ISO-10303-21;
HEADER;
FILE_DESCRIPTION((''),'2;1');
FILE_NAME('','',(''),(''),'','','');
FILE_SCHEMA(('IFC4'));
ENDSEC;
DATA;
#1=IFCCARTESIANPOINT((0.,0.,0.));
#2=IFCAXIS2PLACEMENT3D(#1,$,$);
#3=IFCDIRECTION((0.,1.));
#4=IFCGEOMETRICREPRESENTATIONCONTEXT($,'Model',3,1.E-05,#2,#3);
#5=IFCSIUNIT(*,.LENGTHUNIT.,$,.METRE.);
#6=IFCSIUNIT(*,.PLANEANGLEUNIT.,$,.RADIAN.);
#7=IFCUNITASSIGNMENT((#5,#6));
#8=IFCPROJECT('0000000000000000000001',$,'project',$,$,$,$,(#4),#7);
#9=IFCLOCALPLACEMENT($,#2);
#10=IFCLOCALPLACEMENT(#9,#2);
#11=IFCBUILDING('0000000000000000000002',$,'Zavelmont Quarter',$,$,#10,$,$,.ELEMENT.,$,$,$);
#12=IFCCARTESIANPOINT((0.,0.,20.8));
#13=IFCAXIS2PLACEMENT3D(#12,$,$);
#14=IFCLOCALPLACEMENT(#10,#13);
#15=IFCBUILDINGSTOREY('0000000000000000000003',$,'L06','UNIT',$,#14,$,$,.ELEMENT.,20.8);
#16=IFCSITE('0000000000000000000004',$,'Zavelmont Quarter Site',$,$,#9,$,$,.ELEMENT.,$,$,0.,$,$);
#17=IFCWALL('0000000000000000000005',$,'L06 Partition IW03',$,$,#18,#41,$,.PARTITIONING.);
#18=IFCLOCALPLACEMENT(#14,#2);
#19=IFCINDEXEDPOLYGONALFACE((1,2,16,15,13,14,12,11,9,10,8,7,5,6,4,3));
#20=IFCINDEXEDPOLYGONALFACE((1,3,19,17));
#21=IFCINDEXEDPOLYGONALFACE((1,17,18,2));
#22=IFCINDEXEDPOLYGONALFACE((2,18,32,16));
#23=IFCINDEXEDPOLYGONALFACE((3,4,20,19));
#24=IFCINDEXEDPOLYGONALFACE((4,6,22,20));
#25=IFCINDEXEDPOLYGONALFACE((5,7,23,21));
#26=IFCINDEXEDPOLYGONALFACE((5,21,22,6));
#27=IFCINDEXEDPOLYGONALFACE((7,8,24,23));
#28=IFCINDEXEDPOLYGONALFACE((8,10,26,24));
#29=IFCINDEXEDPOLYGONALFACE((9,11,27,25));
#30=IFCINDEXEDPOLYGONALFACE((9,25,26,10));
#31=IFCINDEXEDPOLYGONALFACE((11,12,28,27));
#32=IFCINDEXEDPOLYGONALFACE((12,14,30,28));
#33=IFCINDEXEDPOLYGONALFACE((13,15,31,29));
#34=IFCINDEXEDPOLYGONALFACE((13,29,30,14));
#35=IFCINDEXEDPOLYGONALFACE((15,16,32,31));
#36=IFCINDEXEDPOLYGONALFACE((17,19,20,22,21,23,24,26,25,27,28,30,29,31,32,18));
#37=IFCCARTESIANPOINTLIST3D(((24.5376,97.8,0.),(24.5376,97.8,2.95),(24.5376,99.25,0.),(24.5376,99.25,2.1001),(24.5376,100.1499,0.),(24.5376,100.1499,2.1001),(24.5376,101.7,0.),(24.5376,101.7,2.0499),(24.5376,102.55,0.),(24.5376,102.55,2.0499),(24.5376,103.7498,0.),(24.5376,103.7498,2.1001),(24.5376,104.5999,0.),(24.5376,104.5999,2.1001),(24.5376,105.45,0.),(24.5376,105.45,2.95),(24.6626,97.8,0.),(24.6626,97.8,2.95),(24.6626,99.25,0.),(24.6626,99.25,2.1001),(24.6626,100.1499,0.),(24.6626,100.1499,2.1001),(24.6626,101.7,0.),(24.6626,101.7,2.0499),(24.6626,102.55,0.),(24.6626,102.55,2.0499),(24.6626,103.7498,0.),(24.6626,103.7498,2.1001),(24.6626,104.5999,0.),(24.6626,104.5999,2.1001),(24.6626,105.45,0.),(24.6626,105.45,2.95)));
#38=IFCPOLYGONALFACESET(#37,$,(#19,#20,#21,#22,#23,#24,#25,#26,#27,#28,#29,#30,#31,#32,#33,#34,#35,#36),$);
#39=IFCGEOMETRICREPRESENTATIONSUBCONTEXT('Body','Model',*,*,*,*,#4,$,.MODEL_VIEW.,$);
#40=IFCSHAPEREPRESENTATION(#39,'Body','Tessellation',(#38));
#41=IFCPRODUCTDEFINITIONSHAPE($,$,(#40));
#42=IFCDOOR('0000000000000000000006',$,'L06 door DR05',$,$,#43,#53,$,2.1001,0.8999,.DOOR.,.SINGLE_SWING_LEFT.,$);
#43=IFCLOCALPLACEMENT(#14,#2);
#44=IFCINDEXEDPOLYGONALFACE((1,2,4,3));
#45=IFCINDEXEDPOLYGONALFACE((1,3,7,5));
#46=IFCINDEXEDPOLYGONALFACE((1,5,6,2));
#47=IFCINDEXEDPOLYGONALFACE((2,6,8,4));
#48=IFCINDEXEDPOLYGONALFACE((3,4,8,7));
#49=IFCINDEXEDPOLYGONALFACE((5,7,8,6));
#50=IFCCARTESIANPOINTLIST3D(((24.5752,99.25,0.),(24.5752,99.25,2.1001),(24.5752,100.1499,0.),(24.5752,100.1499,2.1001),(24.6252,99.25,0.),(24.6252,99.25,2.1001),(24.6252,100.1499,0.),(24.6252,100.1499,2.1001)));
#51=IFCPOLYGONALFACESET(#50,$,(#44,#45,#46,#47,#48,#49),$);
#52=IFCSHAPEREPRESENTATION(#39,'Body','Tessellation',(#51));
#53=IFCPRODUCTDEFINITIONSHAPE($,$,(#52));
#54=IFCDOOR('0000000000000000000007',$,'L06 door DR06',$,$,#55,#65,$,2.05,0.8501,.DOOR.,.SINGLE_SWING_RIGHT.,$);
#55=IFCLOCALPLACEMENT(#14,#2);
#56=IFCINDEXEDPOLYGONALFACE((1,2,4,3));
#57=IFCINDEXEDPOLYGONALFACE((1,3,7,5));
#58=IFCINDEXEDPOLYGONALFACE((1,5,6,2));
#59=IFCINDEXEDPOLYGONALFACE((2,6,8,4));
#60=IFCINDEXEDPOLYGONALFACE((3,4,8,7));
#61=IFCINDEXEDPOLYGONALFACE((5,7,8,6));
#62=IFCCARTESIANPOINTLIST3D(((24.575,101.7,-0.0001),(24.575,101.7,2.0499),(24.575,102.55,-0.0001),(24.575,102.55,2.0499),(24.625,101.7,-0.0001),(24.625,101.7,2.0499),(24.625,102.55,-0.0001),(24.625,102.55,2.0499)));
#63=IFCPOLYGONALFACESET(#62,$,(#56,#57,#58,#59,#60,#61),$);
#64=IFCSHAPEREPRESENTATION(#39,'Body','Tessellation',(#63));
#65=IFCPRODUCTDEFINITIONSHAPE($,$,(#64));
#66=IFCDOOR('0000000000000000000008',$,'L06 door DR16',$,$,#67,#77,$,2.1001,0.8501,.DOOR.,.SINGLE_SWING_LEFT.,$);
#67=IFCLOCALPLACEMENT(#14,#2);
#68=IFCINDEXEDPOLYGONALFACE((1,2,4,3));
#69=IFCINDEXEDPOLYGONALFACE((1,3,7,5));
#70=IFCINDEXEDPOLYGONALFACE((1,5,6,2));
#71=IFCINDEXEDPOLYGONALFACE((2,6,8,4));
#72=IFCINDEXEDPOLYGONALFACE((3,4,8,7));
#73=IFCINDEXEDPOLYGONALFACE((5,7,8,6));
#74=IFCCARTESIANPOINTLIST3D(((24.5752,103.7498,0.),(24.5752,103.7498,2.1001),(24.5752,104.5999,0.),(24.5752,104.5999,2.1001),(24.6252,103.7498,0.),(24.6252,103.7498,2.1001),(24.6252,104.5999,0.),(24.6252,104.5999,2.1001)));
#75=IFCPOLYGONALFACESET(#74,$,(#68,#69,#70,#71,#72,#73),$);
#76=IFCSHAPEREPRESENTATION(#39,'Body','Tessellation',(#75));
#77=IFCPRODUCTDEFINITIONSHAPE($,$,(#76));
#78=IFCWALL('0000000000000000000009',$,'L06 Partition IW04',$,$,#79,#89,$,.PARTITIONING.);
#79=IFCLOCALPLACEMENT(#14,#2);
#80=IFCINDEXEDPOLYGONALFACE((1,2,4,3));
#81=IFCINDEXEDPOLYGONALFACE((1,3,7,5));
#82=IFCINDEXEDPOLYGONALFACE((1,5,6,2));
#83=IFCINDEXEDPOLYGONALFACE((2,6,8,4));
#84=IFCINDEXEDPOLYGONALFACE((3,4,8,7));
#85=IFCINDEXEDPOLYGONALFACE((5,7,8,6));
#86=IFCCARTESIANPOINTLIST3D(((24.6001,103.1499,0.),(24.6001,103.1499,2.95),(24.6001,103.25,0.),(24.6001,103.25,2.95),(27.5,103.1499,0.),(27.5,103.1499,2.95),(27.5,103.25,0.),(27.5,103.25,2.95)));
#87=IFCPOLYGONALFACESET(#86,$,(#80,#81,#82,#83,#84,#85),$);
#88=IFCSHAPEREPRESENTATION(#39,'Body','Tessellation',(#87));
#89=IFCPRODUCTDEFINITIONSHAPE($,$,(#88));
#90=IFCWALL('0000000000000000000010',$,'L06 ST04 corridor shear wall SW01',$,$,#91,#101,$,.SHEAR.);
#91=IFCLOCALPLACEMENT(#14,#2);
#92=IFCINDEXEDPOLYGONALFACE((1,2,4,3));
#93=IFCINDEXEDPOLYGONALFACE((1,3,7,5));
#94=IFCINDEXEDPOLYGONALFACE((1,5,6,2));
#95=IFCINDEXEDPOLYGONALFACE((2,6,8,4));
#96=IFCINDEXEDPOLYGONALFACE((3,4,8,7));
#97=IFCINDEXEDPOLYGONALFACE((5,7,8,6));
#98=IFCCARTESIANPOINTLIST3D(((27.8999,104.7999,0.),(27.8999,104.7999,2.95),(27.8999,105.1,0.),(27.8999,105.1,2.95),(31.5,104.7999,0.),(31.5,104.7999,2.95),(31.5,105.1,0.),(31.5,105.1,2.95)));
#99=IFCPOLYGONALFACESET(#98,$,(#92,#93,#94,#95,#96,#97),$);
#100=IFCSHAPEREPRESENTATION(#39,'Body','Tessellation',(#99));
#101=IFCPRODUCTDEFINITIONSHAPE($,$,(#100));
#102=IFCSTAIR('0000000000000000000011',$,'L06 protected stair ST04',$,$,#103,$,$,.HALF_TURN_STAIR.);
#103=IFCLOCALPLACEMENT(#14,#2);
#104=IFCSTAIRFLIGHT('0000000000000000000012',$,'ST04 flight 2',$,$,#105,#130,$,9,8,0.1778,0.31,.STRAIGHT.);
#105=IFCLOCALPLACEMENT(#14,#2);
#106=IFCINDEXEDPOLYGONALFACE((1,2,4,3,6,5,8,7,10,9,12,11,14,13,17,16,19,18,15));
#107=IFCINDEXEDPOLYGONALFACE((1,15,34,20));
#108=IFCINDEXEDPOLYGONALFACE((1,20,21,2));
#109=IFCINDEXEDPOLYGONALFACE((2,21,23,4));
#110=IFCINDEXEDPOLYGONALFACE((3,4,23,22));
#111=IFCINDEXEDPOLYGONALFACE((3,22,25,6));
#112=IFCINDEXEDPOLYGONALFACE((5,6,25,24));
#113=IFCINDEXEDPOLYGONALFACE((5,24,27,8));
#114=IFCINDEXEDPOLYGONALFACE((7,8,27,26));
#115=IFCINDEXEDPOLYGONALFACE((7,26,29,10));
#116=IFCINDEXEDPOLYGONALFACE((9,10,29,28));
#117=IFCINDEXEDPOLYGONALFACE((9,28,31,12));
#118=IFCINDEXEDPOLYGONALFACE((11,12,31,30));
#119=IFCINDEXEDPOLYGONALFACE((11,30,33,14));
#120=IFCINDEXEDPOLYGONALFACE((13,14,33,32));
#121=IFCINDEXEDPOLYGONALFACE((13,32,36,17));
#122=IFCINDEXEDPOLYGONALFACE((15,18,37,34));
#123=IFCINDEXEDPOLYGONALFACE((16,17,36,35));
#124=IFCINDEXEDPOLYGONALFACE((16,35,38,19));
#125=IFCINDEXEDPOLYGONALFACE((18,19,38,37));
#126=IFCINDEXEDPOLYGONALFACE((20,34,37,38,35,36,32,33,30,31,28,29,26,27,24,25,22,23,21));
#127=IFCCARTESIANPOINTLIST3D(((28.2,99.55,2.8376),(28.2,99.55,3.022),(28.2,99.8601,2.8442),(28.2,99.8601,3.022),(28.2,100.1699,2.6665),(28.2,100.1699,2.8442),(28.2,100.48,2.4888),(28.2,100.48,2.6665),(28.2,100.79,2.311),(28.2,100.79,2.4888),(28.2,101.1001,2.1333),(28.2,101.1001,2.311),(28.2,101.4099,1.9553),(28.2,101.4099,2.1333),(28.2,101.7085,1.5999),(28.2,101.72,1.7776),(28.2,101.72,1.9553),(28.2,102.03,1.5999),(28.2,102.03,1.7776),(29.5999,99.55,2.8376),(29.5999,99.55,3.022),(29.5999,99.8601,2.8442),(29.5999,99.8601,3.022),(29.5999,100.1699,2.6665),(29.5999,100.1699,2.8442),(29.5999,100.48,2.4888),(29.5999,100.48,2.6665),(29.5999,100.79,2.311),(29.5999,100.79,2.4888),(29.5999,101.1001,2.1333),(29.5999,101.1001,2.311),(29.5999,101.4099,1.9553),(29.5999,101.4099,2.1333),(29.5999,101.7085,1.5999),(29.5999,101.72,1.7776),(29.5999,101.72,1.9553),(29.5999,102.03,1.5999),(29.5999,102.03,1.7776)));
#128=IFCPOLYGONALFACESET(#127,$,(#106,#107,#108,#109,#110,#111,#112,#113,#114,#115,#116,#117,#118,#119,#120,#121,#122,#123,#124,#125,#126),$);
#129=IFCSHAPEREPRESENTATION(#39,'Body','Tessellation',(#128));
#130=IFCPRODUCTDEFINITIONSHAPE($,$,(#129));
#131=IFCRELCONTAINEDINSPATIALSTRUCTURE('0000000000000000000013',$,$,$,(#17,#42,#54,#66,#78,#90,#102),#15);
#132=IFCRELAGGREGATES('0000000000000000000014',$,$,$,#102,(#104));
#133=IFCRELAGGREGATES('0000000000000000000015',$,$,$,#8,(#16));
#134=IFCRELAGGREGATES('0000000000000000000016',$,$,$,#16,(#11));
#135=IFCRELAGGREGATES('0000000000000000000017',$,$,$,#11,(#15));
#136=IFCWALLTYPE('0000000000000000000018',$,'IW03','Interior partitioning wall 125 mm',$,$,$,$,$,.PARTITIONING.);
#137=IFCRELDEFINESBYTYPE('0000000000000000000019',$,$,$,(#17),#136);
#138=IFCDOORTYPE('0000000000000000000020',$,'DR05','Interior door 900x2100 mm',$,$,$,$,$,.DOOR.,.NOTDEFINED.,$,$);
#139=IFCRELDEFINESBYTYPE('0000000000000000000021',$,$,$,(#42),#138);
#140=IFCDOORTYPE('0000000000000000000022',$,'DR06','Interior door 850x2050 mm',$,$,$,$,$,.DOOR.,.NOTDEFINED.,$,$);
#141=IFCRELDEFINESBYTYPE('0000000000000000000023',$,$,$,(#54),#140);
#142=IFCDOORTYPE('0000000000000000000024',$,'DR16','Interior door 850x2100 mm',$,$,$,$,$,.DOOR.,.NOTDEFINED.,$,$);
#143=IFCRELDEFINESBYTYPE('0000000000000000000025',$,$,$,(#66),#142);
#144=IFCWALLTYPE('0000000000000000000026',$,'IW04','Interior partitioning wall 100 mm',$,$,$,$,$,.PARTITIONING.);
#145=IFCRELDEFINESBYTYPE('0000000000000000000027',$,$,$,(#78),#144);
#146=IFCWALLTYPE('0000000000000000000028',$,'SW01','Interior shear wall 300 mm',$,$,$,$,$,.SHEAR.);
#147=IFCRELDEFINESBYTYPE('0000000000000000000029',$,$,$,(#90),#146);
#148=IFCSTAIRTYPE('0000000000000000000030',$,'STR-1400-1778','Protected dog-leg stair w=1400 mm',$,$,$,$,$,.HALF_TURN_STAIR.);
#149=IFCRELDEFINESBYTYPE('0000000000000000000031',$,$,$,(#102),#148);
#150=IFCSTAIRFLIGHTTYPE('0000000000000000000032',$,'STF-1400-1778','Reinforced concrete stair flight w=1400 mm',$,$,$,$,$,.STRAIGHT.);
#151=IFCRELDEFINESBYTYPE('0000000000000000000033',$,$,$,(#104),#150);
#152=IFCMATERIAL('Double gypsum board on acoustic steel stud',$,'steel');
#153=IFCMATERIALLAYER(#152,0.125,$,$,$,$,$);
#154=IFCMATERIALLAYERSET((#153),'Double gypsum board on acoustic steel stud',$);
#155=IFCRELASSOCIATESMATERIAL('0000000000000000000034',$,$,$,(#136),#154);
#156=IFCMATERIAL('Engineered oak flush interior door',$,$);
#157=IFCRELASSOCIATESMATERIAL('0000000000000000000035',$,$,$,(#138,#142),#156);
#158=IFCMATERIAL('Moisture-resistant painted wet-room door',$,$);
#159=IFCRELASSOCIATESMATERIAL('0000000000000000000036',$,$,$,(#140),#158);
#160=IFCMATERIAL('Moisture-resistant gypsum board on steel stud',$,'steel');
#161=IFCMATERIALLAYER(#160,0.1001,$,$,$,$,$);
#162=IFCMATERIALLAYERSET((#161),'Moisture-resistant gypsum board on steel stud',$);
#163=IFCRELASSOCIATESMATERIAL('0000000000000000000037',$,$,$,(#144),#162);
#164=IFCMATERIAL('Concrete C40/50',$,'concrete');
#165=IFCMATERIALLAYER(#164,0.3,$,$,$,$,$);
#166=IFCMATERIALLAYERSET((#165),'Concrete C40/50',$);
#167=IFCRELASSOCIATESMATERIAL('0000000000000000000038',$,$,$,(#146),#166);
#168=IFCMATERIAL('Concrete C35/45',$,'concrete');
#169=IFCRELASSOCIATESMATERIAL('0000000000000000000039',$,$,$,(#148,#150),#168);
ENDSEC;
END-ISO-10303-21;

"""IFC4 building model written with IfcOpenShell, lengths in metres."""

from ifc_helpers import new_model, si_unit, direction, frame, frame_2d, origin, origin_with_axes, place, context, subcontext, project, spatial, polyline, rectangle, outline, extrude, material, layer, layer_set, type_object, element, fill, aggregate, save


model = new_model("IFC4")

# Units and contexts
model_context = context("Model", 3, precision=1e-05, world=origin(), true_north=direction((0.0, 1.0)))
body_context = subcontext(model_context, "Body", "Model", "MODEL_VIEW")
ifc_project = project(units=[si_unit("LENGTHUNIT", "METRE"), si_unit("PLANEANGLEUNIT", "RADIAN")], contexts=[model_context])

# Site, building, storey
site_placement = place(None, origin())
site = spatial("IfcSite", under=ifc_project, at=site_placement, Name="Zavelmont Quarter Site", CompositionType="ELEMENT", RefElevation=0.0)
building_placement = place(site_placement, origin())
building = spatial("IfcBuilding", under=site, at=building_placement, Name="Zavelmont Quarter", CompositionType="ELEMENT")
storey_placement = place(building_placement, frame((0.0, 0.0, 20.8)))
storey = spatial("IfcBuildingStorey", under=building, at=storey_placement, Name="L06", Description="UNIT", CompositionType="ELEMENT", Elevation=20.8)

# Shared definitions
ifc_material_1 = material(Name="Concrete C35/45", Category="concrete")

# Shared definitions
ifc_material_2 = material(Name="Concrete C40/50", Category="concrete")

# Wall, openings, doors
ifc_material_3 = material(Name="Double gypsum board on acoustic steel stud", Category="steel")
ifc_layer_1 = layer(ifc_material_3, 0.125)
ifc_layer_set_1 = layer_set([ifc_layer_1], Name="Double gypsum board on acoustic steel stud")
wall_type_1 = type_object("IfcWallType", Name="IW03", Description="Interior partitioning wall 125 mm", PredefinedType="PARTITIONING", material=ifc_layer_set_1)
wall_1_placement = place(storey_placement, frame((24.6001, 105.45, 0.0), z_axis=(0.0, 0.0, 1.0), x_axis=(0.0, -1.0, 0.0)))
wall_1 = element("IfcWall", 1, at=wall_1_placement, inside=storey, type_object=wall_type_1, Name="L06 Partition IW03", PredefinedType="PARTITIONING", context=body_context, shape_type="SweptSolid", body=[
    extrude(rectangle(XDim=7.6499, YDim=0.125, at=frame_2d((3.825, 0.0))), origin(), (0.0, 0.0, 1.0), 2.95),
])
opening_1_placement = place(wall_1_placement, frame((0.8501, 0.0, 0.0)))
opening_1 = element("IfcOpeningElement", 2, at=opening_1_placement, cuts=wall_1, PredefinedType="OPENING", context=body_context, shape_type="SweptSolid", body=[
    extrude(rectangle(XDim=0.8501, YDim=2.1001, at=frame_2d((0.425, 1.05))), frame((0.0, 0.0745, 0.0), z_axis=(0.0, -1.0, 0.0), x_axis=(1.0, 0.0, 0.0)), (0.0, 0.0, 1.0), 0.1489),
])
opening_2_placement = place(wall_1_placement, frame((2.8999, 0.0, 0.0)))
opening_2 = element("IfcOpeningElement", 3, at=opening_2_placement, cuts=wall_1, PredefinedType="OPENING", context=body_context, shape_type="SweptSolid", body=[
    extrude(rectangle(XDim=0.8501, YDim=2.05, at=frame_2d((0.425, 1.0249))), frame((0.0, 0.0745, 0.0), z_axis=(0.0, -1.0, 0.0), x_axis=(1.0, 0.0, 0.0)), (0.0, 0.0, 1.0), 0.1489),
])
opening_3_placement = place(wall_1_placement, frame((5.3, 0.0, 0.0)))
opening_3 = element("IfcOpeningElement", 4, at=opening_3_placement, cuts=wall_1, PredefinedType="OPENING", context=body_context, shape_type="SweptSolid", body=[
    extrude(rectangle(XDim=0.8999, YDim=2.1001, at=frame_2d((0.45, 1.05))), frame((0.0, 0.0745, 0.0), z_axis=(0.0, -1.0, 0.0), x_axis=(1.0, 0.0, 0.0)), (0.0, 0.0, 1.0), 0.1489),
])
ifc_material_4 = material(Name="Engineered oak flush interior door")
door_type_1 = type_object("IfcDoorType", Name="DR05", Description="Interior door 900x2100 mm", OperationType="NOTDEFINED", PredefinedType="DOOR", material=ifc_material_4)
door_1_placement = place(opening_3_placement, frame((0.8999, 0.0, 0.0), z_axis=(0.0, 0.0, 1.0), x_axis=(-1.0, 0.0, 0.0)))
door_1 = element("IfcDoor", 5, at=door_1_placement, inside=storey, type_object=door_type_1, Name="L06 door DR05", OperationType="SINGLE_SWING_LEFT", OverallHeight=2.1001, OverallWidth=0.8999, PredefinedType="DOOR", context=body_context, shape_type="SweptSolid", body=[
    extrude(rectangle(XDim=0.8999, YDim=2.1001, at=frame_2d((0.45, 1.05))), frame((0.0, 0.0249, 0.0), z_axis=(0.0, -1.0, 0.0), x_axis=(1.0, 0.0, 0.0)), (0.0, 0.0, 1.0), 0.05),
])
fill(opening_3, door_1)
ifc_material_5 = material(Name="Moisture-resistant painted wet-room door")
door_type_2 = type_object("IfcDoorType", Name="DR06", Description="Interior door 850x2050 mm", OperationType="NOTDEFINED", PredefinedType="DOOR", material=ifc_material_5)
door_2_placement = place(opening_2_placement, origin_with_axes())
door_2 = element("IfcDoor", 6, at=door_2_placement, inside=storey, type_object=door_type_2, Name="L06 door DR06", OperationType="SINGLE_SWING_RIGHT", OverallHeight=2.05, OverallWidth=0.8501, PredefinedType="DOOR", context=body_context, shape_type="SweptSolid", body=[
    extrude(rectangle(XDim=0.8501, YDim=2.05, at=frame_2d((0.425, 1.0249))), frame((0.0, 0.0249, 0.0), z_axis=(0.0, -1.0, 0.0), x_axis=(1.0, 0.0, 0.0)), (0.0, 0.0, 1.0), 0.05),
])
fill(opening_2, door_2)
door_type_3 = type_object("IfcDoorType", Name="DR16", Description="Interior door 850x2100 mm", OperationType="NOTDEFINED", PredefinedType="DOOR", material=ifc_material_4)
door_3_placement = place(opening_1_placement, frame((0.8501, 0.0, 0.0), z_axis=(0.0, 0.0, 1.0), x_axis=(-1.0, 0.0, 0.0)))
door_3 = element("IfcDoor", 7, at=door_3_placement, inside=storey, type_object=door_type_3, Name="L06 door DR16", OperationType="SINGLE_SWING_LEFT", OverallHeight=2.1001, OverallWidth=0.8501, PredefinedType="DOOR", context=body_context, shape_type="SweptSolid", body=[
    extrude(rectangle(XDim=0.8501, YDim=2.1001, at=frame_2d((0.425, 1.05))), frame((0.0, 0.0249, 0.0), z_axis=(0.0, -1.0, 0.0), x_axis=(1.0, 0.0, 0.0)), (0.0, 0.0, 1.0), 0.05),
])
fill(opening_1, door_3)

# Walls
ifc_material_6 = material(Name="Moisture-resistant gypsum board on steel stud", Category="steel")
ifc_layer_2 = layer(ifc_material_6, 0.1001)
ifc_layer_set_2 = layer_set([ifc_layer_2], Name="Moisture-resistant gypsum board on steel stud")
wall_type_2 = type_object("IfcWallType", Name="IW04", Description="Interior partitioning wall 100 mm", PredefinedType="PARTITIONING", material=ifc_layer_set_2)
wall_2_placement = place(storey_placement, frame((24.6001, 103.2, 0.0), z_axis=(0.0, 0.0, 1.0), x_axis=(1.0, 0.0, 0.0)))
element("IfcWall", 8, at=wall_2_placement, inside=storey, type_object=wall_type_2, Name="L06 Partition IW04", PredefinedType="PARTITIONING", context=body_context, shape_type="SweptSolid", body=[
    extrude(rectangle(XDim=2.8999, YDim=0.1001, at=frame_2d((1.45, 0.0))), origin(), (0.0, 0.0, 1.0), 2.95),
])
ifc_layer_3 = layer(ifc_material_2, 0.3)
ifc_layer_set_3 = layer_set([ifc_layer_3], Name="Concrete C40/50")
wall_type_3 = type_object("IfcWallType", Name="SW01", Description="Interior shear wall 300 mm", PredefinedType="SHEAR", material=ifc_layer_set_3)
wall_3_placement = place(storey_placement, frame((27.8999, 104.95, 0.0), z_axis=(0.0, 0.0, 1.0), x_axis=(1.0, 0.0, 0.0)))
element("IfcWall", 9, at=wall_3_placement, inside=storey, type_object=wall_type_3, Name="L06 ST04 corridor shear wall SW01", PredefinedType="SHEAR", context=body_context, shape_type="SweptSolid", body=[
    extrude(rectangle(XDim=3.6001, YDim=0.3, at=frame_2d((1.8, 0.0))), origin(), (0.0, 0.0, 1.0), 2.95),
])

# Stair, stair flight
stair_type = type_object("IfcStairType", Name="STR-1400-1778", Description="Protected dog-leg stair w=1400 mm", PredefinedType="HALF_TURN_STAIR", material=ifc_material_1)
stair_placement = place(storey_placement, origin())
stair = element("IfcStair", 10, at=stair_placement, inside=storey, type_object=stair_type, Name="L06 protected stair ST04", PredefinedType="HALF_TURN_STAIR")
stair_flight_type = type_object("IfcStairFlightType", Name="STF-1400-1778", Description="Reinforced concrete stair flight w=1400 mm", PredefinedType="STRAIGHT", material=ifc_material_1)
stair_flight_placement = place(storey_placement, frame((28.8999, 102.03, 1.5999), z_axis=(0.0, 0.0, 1.0), x_axis=(0.0, -1.0, 0.0)))
stair_flight = element("IfcStairFlight", 11, at=stair_flight_placement, type_object=stair_flight_type, Name="ST04 flight 2", NumberOfRisers=9, NumberOfTreads=8, PredefinedType="STRAIGHT", RiserHeight=0.1778, TreadLength=0.31, context=body_context, shape_type="SweptSolid", body=[
    extrude(outline(polyline([(0.0, 0.0), (0.0, 0.1777), (0.3101, 0.1777), (0.3101, 0.3555), (0.6201, 0.3555), (0.6201, 0.5334), (0.9299, 0.5334), (0.9299, 0.7112), (1.24, 0.7112), (1.24, 0.8889), (1.55, 0.8889), (1.55, 1.0667), (1.8601, 1.0667), (1.8601, 1.2444), (2.1699, 1.2444), (2.1699, 1.4221), (2.48, 1.4221), (2.48, 1.6001), (2.48, 1.2378), (0.3215, 0.0), (0.0, 0.0)])), frame((0.0, 0.7, 0.0), z_axis=(0.0, -1.0, 0.0), x_axis=(1.0, 0.0, 0.0)), (0.0, 0.0, 1.0), 1.3999),
])
aggregate(stair, [stair_flight])

save(model, "model.ifc")
